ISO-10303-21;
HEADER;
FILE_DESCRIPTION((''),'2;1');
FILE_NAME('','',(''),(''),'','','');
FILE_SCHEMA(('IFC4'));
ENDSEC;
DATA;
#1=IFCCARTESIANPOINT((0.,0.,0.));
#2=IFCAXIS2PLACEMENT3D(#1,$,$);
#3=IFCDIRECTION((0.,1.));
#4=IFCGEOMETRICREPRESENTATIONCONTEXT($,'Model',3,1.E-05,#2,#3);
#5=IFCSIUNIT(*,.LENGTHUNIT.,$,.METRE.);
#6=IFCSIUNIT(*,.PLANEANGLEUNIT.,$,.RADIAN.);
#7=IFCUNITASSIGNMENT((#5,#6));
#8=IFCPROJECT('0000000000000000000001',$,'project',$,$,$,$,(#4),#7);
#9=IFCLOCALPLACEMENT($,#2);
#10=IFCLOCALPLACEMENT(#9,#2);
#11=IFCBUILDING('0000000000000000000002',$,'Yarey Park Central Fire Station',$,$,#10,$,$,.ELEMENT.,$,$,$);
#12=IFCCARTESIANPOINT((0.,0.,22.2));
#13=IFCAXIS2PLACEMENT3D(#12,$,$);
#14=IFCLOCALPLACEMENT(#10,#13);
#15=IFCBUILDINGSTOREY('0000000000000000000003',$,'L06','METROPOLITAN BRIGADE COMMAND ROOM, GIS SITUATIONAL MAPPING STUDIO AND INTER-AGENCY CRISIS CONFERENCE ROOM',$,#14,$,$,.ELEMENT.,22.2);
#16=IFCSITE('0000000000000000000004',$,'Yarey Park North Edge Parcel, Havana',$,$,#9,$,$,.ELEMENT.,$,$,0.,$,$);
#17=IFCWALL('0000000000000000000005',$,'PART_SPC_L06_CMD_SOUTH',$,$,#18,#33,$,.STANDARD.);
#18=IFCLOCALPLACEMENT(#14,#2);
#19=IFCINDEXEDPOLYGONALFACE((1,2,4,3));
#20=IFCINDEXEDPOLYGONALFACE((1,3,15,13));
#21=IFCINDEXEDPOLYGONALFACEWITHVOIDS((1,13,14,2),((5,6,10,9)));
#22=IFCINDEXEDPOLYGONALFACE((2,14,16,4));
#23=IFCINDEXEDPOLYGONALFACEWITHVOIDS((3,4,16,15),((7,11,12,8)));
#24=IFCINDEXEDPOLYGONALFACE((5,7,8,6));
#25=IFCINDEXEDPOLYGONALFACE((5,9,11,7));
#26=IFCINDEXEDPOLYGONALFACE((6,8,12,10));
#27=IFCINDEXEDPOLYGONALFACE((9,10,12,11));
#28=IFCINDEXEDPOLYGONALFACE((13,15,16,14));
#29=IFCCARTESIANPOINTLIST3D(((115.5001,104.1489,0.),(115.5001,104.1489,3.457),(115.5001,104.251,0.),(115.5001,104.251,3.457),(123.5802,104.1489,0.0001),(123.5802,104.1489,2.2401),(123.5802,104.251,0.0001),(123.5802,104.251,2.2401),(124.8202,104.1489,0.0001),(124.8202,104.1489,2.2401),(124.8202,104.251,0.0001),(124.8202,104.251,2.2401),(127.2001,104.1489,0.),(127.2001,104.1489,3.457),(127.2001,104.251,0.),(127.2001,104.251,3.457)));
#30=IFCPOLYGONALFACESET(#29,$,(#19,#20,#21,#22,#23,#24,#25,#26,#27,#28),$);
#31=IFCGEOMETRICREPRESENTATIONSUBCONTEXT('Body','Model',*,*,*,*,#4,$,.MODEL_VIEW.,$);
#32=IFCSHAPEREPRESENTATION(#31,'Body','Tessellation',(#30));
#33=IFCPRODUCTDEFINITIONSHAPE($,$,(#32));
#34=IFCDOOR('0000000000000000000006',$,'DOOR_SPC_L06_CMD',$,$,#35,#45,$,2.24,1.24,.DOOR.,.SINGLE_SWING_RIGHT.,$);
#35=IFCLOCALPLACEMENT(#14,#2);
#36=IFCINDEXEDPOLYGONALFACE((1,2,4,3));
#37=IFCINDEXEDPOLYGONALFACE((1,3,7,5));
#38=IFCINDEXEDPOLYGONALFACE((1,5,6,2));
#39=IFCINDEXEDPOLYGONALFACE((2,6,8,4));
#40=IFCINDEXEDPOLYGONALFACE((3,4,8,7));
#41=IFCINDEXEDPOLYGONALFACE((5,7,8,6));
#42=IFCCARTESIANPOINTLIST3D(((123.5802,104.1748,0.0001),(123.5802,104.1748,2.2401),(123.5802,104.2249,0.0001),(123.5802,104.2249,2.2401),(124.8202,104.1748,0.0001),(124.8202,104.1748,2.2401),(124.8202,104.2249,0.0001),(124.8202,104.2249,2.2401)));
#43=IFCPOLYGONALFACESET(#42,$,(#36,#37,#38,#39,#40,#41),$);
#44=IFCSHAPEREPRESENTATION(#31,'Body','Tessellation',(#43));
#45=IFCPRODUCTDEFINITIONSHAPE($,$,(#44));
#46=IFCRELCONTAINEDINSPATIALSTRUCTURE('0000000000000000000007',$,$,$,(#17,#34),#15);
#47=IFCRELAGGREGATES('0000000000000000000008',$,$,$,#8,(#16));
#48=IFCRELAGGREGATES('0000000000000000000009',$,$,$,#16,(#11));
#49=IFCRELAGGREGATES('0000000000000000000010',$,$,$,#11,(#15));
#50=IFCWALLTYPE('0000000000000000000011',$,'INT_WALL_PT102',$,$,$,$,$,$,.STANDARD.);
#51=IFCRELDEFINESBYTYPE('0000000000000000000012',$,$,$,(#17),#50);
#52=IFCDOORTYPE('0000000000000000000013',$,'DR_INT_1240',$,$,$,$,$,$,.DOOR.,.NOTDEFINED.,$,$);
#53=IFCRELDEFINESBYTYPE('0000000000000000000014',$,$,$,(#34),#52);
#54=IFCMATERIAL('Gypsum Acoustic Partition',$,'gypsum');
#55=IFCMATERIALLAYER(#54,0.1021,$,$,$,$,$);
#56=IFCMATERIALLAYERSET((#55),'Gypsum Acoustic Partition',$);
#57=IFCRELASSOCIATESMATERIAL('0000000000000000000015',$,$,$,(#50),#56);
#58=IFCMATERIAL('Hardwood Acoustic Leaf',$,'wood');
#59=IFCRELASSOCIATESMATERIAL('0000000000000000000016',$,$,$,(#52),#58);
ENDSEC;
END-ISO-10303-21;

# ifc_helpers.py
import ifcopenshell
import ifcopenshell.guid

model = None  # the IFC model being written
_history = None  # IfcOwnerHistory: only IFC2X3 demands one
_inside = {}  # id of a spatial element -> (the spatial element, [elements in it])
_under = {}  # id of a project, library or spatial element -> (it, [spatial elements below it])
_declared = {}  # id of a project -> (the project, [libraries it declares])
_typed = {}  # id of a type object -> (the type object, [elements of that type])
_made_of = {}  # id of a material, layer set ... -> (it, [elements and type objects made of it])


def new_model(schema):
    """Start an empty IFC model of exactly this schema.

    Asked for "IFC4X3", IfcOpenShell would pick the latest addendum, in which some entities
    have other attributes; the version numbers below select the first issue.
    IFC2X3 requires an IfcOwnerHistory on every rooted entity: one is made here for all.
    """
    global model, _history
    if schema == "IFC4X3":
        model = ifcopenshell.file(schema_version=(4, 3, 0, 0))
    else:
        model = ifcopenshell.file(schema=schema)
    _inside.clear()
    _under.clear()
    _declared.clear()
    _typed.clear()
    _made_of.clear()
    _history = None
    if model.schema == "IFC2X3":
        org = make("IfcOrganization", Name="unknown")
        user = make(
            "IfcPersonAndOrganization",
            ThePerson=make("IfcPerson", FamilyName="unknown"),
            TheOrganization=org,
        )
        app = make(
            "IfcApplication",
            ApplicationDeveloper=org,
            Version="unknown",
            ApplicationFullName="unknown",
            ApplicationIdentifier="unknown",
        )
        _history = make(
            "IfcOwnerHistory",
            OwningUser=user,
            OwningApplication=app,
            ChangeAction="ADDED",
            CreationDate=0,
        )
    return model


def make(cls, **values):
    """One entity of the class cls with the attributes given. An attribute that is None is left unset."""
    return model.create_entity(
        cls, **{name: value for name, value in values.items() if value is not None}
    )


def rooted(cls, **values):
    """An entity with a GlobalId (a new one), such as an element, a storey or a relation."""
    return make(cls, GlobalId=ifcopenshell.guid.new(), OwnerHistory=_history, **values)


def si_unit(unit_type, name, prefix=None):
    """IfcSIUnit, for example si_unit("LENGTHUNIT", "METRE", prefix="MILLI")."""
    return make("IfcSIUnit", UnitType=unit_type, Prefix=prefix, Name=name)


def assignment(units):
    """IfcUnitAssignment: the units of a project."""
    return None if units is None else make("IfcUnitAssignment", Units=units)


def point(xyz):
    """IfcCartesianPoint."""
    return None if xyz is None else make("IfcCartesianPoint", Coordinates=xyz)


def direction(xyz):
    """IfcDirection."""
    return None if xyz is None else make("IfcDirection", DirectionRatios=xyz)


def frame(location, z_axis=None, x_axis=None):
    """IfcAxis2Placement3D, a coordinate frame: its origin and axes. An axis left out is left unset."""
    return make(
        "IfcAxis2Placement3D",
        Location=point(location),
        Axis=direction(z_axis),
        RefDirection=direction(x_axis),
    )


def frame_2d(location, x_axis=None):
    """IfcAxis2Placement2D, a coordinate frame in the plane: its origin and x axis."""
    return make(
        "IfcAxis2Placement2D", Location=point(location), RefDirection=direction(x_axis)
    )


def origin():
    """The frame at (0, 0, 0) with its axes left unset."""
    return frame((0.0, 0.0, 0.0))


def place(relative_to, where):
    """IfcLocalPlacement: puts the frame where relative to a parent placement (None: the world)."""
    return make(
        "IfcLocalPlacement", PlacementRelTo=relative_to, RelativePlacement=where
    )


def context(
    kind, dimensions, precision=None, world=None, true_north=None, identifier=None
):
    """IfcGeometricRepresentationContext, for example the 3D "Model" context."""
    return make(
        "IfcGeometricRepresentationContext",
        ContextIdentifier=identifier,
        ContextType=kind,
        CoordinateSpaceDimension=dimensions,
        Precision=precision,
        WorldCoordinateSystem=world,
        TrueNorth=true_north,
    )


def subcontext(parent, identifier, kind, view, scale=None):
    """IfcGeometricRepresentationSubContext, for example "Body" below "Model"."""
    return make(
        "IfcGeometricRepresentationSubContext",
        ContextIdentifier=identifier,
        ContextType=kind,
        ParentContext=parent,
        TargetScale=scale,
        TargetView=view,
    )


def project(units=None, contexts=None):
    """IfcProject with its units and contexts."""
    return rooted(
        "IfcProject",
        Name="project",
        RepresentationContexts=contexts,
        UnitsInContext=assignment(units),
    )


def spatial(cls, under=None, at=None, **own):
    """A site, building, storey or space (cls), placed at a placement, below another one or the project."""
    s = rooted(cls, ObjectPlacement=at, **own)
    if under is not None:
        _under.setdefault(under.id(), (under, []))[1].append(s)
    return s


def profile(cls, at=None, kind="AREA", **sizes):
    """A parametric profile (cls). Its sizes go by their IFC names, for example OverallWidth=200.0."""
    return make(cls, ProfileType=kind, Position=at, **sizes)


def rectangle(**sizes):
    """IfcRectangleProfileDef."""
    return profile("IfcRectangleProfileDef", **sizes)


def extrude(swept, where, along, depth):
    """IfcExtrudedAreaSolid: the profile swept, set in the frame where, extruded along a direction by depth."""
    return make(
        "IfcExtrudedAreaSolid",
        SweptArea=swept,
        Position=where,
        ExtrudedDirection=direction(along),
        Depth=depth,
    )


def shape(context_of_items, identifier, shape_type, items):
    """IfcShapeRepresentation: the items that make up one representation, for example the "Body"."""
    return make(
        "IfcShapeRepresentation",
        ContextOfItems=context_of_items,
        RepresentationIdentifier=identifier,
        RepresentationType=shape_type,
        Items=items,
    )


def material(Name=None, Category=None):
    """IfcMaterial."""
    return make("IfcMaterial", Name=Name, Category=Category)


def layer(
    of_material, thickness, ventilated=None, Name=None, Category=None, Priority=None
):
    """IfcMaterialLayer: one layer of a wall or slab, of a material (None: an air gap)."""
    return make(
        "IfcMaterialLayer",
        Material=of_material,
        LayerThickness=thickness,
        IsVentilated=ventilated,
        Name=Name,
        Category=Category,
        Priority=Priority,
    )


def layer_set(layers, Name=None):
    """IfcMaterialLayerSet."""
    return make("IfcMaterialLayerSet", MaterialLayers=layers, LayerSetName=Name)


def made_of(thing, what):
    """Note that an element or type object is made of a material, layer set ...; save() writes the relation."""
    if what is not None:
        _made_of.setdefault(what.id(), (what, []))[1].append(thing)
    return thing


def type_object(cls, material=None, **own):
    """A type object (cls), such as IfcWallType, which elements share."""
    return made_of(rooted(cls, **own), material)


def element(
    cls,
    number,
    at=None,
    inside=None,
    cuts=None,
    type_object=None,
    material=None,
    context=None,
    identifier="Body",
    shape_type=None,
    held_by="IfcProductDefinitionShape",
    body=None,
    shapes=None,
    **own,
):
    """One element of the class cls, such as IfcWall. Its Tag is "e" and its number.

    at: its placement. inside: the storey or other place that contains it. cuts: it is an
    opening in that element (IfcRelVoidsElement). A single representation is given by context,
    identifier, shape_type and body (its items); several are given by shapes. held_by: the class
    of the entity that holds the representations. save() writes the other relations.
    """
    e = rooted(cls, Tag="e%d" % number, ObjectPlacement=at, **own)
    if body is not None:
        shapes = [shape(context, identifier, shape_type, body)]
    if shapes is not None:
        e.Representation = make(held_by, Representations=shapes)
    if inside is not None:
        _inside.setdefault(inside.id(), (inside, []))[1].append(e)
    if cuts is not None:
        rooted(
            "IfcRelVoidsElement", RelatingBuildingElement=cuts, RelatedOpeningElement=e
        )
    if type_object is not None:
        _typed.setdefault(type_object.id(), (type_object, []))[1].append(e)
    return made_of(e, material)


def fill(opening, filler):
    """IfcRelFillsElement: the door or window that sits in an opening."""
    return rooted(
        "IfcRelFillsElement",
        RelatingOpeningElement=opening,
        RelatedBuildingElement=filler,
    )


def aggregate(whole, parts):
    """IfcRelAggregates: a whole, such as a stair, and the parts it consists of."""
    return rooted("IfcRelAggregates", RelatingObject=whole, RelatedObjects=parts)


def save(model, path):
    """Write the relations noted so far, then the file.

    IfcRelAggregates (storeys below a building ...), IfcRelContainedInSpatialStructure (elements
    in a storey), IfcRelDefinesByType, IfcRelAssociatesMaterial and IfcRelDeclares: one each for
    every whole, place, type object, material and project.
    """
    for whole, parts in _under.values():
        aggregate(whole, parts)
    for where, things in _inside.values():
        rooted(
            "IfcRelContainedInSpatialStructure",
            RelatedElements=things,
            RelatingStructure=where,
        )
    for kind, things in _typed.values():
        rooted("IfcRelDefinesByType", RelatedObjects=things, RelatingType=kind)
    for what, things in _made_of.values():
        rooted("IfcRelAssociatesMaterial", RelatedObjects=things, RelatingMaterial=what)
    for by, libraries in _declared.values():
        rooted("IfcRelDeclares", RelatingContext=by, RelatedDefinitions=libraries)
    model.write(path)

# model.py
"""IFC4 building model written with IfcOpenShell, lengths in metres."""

from ifc_helpers import new_model, si_unit, direction, frame, frame_2d, origin, place, context, subcontext, project, spatial, rectangle, extrude, material, layer, layer_set, type_object, element, fill, save


model = new_model("IFC4")

# Units and contexts
model_context = context("Model", 3, precision=1e-05, world=origin(), true_north=direction((0.0, 1.0)))
body_context = subcontext(model_context, "Body", "Model", "MODEL_VIEW")
ifc_project = project(units=[si_unit("LENGTHUNIT", "METRE"), si_unit("PLANEANGLEUNIT", "RADIAN")], contexts=[model_context])

# Site, building, storey
site_placement = place(None, origin())
site = spatial("IfcSite", under=ifc_project, at=site_placement, Name="Yarey Park North Edge Parcel, Havana", CompositionType="ELEMENT", RefElevation=0.0)
building_placement = place(site_placement, origin())
building = spatial("IfcBuilding", under=site, at=building_placement, Name="Yarey Park Central Fire Station", CompositionType="ELEMENT")
storey_placement = place(building_placement, frame((0.0, 0.0, 22.2)))
storey = spatial("IfcBuildingStorey", under=building, at=storey_placement, Name="L06", Description="METROPOLITAN BRIGADE COMMAND ROOM, GIS SITUATIONAL MAPPING STUDIO AND INTER-AGENCY CRISIS CONFERENCE ROOM", CompositionType="ELEMENT", Elevation=22.2)

# Wall, opening, door
ifc_material_1 = material(Name="Gypsum Acoustic Partition", Category="gypsum")
ifc_layer_1 = layer(ifc_material_1, 0.1021)
ifc_layer_set_1 = layer_set([ifc_layer_1], Name="Gypsum Acoustic Partition")
wall_type_1 = type_object("IfcWallType", Name="INT_WALL_PT102", PredefinedType="STANDARD", material=ifc_layer_set_1)
wall_1_placement = place(storey_placement, frame((115.5, 104.2, 0.0), z_axis=(0.0, 0.0, 1.0), x_axis=(1.0, 0.0, 0.0)))
wall_1 = element("IfcWall", 1, at=wall_1_placement, inside=storey, type_object=wall_type_1, Name="PART_SPC_L06_CMD_SOUTH", PredefinedType="STANDARD", context=body_context, shape_type="SweptSolid", body=[
    extrude(rectangle(XDim=11.7, YDim=0.1021, at=frame_2d((5.8501, 0.0))), origin(), (0.0, 0.0, 1.0), 3.457),
])
opening_placement = place(wall_1_placement, frame((8.0801, 0.0, 0.0)))
opening = element("IfcOpeningElement", 2, at=opening_placement, cuts=wall_1, PredefinedType="OPENING", context=body_context, shape_type="SweptSolid", body=[
    extrude(rectangle(XDim=1.24, YDim=2.24, at=frame_2d((0.6201, 1.1201))), frame((0.0, 0.061, 0.0), z_axis=(0.0, -1.0, 0.0), x_axis=(1.0, 0.0, 0.0)), (0.0, 0.0, 1.0), 0.1221),
])
ifc_material_2 = material(Name="Hardwood Acoustic Leaf", Category="wood")
door_type = type_object("IfcDoorType", Name="DR_INT_1240", OperationType="NOTDEFINED", PredefinedType="DOOR", material=ifc_material_2)
door_placement = place(opening_placement, origin())
door = element("IfcDoor", 3, at=door_placement, inside=storey, type_object=door_type, Name="DOOR_SPC_L06_CMD", OperationType="SINGLE_SWING_RIGHT", OverallHeight=2.24, OverallWidth=1.24, PredefinedType="DOOR", context=body_context, shape_type="SweptSolid", body=[
    extrude(rectangle(XDim=1.24, YDim=2.24, at=frame_2d((0.6201, 1.1201))), frame((0.0, 0.0249, 0.0), z_axis=(0.0, -1.0, 0.0), x_axis=(1.0, 0.0, 0.0)), (0.0, 0.0, 1.0), 0.05),
])
fill(opening, door)

save(model, "model.ifc")
